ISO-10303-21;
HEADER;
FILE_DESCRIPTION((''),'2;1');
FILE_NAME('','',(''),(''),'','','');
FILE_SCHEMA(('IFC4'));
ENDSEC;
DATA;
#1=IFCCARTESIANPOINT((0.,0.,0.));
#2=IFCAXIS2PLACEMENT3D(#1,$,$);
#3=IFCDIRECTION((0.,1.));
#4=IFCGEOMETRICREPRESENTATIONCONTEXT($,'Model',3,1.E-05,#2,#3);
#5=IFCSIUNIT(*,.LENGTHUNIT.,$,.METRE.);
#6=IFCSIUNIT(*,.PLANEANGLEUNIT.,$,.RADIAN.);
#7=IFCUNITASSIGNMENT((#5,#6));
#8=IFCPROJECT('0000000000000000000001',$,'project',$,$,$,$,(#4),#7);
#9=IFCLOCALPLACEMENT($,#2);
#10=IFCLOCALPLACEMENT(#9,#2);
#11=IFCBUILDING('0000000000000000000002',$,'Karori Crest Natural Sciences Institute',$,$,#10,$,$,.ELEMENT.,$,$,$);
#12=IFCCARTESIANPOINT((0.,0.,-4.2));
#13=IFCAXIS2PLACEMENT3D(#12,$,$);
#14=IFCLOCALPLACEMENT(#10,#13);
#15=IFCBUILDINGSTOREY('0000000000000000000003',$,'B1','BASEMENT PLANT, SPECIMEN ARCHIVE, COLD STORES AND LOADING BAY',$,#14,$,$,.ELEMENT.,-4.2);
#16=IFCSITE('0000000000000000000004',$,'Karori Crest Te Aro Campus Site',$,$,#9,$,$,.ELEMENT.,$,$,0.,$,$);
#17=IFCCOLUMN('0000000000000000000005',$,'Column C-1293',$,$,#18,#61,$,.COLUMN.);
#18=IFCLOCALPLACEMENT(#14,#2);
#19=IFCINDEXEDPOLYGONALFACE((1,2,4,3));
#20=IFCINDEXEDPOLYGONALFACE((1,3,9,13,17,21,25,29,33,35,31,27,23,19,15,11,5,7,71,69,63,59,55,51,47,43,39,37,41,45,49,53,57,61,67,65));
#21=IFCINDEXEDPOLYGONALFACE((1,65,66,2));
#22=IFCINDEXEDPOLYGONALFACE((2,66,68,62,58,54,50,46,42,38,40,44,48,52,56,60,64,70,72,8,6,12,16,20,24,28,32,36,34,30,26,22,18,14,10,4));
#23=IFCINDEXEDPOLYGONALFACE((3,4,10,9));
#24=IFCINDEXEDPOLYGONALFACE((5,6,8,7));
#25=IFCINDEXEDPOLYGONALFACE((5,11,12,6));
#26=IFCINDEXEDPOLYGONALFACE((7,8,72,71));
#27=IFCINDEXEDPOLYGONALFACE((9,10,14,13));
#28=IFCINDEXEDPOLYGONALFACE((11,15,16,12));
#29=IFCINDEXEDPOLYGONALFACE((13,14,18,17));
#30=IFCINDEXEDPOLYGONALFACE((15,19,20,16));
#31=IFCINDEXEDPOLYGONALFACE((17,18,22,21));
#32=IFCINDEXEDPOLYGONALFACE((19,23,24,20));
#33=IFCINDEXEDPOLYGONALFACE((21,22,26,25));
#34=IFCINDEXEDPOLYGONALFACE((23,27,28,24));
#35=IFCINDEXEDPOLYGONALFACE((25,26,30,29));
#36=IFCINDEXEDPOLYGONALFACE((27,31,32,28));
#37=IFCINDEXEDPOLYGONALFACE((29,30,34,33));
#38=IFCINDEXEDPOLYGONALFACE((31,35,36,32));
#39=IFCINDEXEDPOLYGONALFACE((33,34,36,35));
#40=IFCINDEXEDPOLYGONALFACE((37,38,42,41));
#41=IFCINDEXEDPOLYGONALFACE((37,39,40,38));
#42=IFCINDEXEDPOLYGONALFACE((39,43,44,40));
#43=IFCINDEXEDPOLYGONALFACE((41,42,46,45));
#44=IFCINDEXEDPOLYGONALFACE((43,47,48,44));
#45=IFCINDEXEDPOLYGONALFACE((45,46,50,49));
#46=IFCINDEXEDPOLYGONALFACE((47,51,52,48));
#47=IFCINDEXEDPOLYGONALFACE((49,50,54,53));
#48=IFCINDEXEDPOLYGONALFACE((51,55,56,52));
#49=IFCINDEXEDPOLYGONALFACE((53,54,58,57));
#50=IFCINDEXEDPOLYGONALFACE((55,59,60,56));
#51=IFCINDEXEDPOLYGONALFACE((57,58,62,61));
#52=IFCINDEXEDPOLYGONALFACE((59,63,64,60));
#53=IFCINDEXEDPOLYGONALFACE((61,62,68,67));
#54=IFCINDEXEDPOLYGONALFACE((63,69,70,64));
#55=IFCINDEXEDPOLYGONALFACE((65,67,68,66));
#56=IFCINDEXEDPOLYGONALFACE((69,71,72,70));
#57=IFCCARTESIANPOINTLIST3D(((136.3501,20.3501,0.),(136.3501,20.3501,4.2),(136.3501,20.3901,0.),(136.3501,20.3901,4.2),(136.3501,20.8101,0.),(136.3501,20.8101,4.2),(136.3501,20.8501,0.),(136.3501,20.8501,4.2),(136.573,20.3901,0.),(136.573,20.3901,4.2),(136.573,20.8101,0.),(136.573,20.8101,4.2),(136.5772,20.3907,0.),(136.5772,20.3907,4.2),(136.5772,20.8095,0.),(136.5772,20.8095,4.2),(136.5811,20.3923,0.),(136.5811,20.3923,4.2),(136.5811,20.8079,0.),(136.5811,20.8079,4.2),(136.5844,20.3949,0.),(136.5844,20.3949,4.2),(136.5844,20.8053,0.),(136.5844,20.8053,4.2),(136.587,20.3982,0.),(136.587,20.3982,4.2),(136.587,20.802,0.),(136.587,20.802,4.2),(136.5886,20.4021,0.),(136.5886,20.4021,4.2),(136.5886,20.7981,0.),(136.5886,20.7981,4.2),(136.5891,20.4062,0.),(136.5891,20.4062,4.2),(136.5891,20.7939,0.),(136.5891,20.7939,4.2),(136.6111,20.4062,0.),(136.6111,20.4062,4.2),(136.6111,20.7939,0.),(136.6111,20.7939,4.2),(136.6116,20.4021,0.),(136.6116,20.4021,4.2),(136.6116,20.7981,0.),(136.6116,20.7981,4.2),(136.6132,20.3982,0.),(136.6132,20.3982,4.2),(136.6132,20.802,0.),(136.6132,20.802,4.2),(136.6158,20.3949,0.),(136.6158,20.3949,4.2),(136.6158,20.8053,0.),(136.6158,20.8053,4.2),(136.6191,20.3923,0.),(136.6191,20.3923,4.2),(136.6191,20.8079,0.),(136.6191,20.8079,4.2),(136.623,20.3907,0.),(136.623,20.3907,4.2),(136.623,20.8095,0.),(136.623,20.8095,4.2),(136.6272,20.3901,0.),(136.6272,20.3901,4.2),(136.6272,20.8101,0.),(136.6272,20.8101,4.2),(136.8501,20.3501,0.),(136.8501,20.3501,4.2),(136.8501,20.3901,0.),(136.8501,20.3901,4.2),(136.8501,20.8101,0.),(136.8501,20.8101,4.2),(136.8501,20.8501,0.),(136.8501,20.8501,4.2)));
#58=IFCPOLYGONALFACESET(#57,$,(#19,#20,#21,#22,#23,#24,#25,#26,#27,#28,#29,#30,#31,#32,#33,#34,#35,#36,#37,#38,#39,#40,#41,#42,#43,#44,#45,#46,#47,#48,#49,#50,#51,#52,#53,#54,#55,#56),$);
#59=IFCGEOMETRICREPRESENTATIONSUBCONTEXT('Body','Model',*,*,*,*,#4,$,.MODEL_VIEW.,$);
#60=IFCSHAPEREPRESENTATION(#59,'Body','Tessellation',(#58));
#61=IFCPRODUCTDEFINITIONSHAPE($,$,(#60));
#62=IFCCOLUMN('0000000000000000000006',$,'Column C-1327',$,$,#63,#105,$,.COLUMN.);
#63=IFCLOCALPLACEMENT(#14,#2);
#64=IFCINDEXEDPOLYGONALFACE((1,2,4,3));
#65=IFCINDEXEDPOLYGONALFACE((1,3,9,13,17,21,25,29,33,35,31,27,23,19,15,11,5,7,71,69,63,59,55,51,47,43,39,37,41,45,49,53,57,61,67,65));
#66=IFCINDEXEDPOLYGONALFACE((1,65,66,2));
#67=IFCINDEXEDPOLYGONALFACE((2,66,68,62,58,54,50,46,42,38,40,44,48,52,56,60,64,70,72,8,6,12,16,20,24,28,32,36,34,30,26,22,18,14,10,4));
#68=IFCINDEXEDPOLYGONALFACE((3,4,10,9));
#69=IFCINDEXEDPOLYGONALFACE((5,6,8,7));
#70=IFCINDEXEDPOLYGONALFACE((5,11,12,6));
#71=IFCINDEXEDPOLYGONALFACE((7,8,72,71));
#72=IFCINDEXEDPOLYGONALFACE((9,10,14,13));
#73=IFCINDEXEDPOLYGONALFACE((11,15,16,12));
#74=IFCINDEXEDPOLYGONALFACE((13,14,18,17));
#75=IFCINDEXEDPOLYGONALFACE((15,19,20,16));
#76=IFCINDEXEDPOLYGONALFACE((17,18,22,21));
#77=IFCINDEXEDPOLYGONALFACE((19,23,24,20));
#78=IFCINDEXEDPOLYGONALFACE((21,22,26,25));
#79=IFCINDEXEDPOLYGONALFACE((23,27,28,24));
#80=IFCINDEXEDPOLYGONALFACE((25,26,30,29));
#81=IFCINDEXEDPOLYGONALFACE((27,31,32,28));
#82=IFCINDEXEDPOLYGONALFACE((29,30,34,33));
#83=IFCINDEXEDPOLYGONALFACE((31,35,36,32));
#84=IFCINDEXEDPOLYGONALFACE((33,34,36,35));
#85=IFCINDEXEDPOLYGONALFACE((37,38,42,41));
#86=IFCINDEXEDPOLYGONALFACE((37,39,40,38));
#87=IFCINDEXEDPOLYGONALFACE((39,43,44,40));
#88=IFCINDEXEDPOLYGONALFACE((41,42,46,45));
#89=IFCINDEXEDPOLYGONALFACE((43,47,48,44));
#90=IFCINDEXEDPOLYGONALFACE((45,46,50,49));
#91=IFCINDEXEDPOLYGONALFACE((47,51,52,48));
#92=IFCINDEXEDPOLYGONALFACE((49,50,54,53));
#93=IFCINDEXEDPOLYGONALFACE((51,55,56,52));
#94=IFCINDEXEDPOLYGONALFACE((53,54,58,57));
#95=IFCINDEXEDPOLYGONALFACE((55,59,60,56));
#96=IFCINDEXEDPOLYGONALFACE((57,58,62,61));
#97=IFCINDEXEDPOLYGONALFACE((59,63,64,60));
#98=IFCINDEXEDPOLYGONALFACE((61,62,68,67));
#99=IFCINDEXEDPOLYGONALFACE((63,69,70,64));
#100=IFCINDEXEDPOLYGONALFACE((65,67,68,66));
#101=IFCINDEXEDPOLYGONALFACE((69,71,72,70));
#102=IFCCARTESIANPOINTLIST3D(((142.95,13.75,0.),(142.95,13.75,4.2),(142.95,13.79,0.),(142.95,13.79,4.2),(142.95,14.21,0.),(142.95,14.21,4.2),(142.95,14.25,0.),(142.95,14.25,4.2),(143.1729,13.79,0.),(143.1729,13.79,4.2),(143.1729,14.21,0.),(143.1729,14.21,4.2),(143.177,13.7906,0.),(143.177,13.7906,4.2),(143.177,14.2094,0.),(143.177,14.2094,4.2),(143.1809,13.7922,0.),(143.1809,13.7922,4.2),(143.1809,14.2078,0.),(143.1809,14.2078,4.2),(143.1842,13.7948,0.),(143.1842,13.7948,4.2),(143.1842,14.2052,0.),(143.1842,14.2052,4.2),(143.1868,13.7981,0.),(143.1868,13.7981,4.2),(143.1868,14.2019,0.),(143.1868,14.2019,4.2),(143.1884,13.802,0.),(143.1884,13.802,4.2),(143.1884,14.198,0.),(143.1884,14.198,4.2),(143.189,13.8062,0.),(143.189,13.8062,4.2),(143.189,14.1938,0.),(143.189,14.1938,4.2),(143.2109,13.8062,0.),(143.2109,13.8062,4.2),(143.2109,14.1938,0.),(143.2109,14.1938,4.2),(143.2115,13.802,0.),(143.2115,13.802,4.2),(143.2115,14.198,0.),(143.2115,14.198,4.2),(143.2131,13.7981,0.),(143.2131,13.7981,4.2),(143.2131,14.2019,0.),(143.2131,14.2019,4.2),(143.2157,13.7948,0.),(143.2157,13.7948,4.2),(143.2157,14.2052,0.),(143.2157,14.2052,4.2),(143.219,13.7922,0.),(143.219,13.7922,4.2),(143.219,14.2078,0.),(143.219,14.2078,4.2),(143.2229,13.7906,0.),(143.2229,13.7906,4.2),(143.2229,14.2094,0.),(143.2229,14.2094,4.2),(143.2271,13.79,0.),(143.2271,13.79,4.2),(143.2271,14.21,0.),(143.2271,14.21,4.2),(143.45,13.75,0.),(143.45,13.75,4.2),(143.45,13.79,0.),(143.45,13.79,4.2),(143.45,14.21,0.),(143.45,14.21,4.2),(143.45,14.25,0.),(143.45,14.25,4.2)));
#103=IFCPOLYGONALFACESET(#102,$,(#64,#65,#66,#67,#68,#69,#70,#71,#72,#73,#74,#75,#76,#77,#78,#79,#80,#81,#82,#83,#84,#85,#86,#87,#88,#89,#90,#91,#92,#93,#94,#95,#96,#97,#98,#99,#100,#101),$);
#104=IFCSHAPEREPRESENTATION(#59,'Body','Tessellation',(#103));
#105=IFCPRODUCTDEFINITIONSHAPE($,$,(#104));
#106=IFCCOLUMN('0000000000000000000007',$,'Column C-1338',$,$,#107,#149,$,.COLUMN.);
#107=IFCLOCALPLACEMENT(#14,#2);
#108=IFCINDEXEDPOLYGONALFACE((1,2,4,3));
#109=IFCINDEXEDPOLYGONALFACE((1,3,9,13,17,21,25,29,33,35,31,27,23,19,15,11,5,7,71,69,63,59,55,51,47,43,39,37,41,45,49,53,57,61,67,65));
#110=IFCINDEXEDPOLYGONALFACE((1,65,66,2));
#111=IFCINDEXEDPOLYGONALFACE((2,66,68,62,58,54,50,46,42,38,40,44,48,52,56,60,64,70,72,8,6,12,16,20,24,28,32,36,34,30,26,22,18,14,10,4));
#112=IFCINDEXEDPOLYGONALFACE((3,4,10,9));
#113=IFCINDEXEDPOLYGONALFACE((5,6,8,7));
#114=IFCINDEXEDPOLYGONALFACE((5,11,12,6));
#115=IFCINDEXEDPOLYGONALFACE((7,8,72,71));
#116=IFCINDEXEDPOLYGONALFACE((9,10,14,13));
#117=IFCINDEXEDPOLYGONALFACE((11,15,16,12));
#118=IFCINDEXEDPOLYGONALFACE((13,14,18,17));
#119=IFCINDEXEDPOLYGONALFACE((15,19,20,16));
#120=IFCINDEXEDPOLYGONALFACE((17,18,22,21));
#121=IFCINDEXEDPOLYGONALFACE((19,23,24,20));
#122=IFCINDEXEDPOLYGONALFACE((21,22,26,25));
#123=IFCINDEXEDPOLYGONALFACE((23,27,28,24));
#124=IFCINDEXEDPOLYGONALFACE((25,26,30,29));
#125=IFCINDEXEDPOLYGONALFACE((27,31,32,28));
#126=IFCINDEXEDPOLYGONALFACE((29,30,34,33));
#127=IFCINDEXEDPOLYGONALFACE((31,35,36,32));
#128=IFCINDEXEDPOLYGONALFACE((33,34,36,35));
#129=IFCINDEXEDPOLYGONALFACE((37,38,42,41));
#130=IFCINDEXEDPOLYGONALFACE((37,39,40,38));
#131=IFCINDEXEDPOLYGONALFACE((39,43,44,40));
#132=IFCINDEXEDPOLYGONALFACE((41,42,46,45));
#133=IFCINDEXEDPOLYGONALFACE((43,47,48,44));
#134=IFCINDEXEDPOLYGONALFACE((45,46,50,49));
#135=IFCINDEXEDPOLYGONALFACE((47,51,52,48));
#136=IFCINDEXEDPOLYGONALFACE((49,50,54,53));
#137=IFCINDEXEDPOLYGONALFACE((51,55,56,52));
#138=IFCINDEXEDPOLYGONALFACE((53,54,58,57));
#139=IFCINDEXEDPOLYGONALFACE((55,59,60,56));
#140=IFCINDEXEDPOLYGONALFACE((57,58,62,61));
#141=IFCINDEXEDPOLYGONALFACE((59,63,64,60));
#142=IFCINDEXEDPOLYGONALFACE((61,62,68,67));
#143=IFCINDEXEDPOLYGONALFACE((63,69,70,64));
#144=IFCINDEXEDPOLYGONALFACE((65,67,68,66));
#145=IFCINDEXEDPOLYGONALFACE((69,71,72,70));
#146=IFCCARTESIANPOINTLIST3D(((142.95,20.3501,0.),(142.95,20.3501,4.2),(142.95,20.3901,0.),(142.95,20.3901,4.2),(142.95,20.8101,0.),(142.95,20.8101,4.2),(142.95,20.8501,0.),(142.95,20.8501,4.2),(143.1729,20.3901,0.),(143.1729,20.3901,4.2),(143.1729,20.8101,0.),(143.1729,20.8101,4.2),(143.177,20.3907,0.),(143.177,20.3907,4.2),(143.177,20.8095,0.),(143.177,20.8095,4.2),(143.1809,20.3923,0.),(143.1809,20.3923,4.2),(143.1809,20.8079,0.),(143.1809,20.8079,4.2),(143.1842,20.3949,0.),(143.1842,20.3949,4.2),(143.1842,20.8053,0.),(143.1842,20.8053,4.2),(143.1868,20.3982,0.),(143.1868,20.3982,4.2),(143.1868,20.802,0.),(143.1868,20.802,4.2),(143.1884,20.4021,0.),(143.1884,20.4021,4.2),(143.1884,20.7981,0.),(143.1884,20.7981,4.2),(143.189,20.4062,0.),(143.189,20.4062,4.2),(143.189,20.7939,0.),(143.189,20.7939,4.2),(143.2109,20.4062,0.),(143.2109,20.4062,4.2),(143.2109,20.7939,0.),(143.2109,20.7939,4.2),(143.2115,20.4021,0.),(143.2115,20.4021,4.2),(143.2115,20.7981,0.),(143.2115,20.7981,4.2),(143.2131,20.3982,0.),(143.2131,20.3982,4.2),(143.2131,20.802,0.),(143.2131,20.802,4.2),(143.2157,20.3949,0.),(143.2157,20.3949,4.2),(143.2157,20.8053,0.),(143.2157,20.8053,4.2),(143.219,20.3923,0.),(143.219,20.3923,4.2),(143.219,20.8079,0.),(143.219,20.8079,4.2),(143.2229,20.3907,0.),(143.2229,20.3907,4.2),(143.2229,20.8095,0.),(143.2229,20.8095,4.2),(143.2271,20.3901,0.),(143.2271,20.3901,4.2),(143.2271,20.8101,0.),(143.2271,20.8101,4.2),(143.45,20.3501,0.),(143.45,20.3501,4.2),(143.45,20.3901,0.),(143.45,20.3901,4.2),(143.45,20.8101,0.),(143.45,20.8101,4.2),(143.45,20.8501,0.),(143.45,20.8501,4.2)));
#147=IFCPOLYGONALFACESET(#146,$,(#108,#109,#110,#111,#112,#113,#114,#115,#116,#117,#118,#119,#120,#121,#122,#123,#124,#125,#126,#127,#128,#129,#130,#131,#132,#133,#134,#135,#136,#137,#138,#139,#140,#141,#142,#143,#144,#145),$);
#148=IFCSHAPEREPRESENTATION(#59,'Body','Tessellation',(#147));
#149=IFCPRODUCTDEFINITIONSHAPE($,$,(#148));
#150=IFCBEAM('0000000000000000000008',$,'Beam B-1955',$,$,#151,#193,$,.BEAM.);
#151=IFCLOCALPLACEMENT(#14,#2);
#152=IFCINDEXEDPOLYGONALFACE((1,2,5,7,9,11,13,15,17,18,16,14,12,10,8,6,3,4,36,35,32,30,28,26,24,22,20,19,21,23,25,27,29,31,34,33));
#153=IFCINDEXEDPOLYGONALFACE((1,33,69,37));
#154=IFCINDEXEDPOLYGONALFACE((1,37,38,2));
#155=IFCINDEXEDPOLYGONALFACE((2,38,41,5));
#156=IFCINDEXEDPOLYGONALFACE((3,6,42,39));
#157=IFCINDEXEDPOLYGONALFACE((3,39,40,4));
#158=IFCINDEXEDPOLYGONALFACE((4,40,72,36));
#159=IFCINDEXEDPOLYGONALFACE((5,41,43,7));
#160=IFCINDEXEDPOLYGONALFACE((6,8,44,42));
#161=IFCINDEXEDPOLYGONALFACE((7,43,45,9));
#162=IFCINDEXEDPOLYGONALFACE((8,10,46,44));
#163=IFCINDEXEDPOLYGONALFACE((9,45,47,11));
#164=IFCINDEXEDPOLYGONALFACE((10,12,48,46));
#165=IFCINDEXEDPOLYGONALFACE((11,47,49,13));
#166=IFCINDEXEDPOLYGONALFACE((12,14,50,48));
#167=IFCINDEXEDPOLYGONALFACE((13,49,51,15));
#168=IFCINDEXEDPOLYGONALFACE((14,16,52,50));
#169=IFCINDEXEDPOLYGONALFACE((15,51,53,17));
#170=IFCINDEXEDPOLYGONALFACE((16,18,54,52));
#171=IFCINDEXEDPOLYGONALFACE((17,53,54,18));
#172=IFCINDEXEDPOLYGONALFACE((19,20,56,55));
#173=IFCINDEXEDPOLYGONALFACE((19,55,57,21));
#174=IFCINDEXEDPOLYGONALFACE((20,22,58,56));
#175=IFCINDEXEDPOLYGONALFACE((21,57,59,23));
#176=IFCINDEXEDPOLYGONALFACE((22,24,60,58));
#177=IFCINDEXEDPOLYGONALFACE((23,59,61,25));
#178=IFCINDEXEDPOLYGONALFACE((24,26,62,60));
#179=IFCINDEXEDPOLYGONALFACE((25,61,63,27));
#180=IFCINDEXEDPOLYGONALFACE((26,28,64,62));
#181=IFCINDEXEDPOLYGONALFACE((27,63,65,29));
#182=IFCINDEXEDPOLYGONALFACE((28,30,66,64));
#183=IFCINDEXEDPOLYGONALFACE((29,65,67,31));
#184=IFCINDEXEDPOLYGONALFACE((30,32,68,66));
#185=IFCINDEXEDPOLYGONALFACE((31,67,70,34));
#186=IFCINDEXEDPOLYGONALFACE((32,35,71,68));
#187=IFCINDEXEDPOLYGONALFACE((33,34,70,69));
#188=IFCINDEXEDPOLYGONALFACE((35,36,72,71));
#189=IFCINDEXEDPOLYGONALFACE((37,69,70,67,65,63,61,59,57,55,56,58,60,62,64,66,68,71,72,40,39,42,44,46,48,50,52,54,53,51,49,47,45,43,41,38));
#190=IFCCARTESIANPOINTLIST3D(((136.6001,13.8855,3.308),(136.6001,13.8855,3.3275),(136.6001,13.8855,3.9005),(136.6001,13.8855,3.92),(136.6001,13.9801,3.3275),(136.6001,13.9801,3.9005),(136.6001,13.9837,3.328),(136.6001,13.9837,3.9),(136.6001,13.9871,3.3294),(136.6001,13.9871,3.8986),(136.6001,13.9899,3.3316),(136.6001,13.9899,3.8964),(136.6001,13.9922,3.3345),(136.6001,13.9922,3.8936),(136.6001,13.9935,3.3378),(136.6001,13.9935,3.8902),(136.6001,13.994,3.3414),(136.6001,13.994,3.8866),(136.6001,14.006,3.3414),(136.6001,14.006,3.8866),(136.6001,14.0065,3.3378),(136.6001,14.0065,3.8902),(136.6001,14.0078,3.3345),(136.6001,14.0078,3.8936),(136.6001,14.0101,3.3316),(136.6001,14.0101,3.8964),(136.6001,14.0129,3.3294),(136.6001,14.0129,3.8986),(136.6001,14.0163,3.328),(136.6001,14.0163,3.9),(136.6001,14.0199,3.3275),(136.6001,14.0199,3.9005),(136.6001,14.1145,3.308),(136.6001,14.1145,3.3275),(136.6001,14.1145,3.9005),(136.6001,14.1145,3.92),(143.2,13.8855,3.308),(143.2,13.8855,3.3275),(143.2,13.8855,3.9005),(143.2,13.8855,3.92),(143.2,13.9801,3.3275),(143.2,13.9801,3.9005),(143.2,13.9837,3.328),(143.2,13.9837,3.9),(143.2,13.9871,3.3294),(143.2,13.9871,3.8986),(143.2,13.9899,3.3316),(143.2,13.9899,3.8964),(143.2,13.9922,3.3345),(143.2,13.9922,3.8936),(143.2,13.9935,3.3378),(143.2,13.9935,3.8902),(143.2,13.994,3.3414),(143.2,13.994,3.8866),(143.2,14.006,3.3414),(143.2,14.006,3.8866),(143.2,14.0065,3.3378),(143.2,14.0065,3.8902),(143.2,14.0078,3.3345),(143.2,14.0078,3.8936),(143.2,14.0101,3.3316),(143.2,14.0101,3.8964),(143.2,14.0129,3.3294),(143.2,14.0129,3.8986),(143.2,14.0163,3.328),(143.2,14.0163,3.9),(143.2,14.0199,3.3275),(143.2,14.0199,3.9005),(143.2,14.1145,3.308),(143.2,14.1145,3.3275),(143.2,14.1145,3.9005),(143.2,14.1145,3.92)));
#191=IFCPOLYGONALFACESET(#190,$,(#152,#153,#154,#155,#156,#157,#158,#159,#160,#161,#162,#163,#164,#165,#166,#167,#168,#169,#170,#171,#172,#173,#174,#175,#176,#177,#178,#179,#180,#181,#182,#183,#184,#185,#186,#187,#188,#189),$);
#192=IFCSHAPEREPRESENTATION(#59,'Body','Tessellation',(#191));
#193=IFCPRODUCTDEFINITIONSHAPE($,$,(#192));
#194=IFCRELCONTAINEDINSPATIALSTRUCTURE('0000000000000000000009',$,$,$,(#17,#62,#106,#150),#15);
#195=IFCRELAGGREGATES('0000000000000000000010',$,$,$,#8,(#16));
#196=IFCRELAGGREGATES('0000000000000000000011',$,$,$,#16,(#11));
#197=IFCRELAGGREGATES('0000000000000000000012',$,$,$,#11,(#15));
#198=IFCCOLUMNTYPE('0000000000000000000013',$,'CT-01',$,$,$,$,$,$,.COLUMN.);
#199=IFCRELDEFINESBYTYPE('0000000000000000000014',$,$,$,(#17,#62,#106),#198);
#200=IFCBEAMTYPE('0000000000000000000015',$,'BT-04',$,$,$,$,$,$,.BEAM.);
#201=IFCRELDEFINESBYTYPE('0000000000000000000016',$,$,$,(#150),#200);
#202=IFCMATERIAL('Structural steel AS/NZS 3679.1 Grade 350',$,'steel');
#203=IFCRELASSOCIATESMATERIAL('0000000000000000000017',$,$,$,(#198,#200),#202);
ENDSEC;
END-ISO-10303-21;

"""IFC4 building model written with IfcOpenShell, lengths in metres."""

from ifc_helpers import new_model, si_unit, direction, frame, origin, origin_2d, place, context, subcontext, project, spatial, i_section, extrude, material, material_profile, profile_set, type_object, element, save


model = new_model("IFC4")

# Units and contexts
model_context = context("Model", 3, precision=1e-05, world=origin(), true_north=direction((0.0, 1.0)))
body_context = subcontext(model_context, "Body", "Model", "MODEL_VIEW")
ifc_project = project(units=[si_unit("LENGTHUNIT", "METRE"), si_unit("PLANEANGLEUNIT", "RADIAN")], contexts=[model_context])

# Site, building, storey
site_placement = place(None, origin())
site = spatial("IfcSite", under=ifc_project, at=site_placement, Name="Karori Crest Te Aro Campus Site", CompositionType="ELEMENT", RefElevation=0.0)
building_placement = place(site_placement, origin())
building = spatial("IfcBuilding", under=site, at=building_placement, Name="Karori Crest Natural Sciences Institute", CompositionType="ELEMENT")
storey_placement = place(building_placement, frame((0.0, 0.0, -4.2)))
storey = spatial("IfcBuildingStorey", under=building, at=storey_placement, Name="B1", Description="BASEMENT PLANT, SPECIMEN ARCHIVE, COLD STORES AND LOADING BAY", CompositionType="ELEMENT", Elevation=-4.2)

# Columns
ifc_material_1 = material(Name="Structural steel AS/NZS 3679.1 Grade 350", Category="steel")
ifc_material_profile_1 = material_profile(ifc_material_1, i_section(OverallWidth=0.5, OverallDepth=0.5, WebThickness=0.022, FlangeThickness=0.04, FilletRadius=0.0161, at=origin_2d()), Name="500WC440")
ifc_profile_set_1 = profile_set([ifc_material_profile_1], Name="Structural steel AS/NZS 3679.1 Grade 350")
column_type = type_object("IfcColumnType", Name="CT-01", PredefinedType="COLUMN", material=ifc_profile_set_1)
for number, where, z_axis, x_axis, name in (
    (1, (136.6001, 20.6001, 0.0), (0.0, 0.0, 1.0), (1.0, 0.0, 0.0), "Column C-1293"),
    (2, (143.2, 14.0, 0.0), (0.0, 0.0, 1.0), (1.0, 0.0, 0.0), "Column C-1327"),
    (3, (143.2, 20.6001, 0.0), (0.0, 0.0, 1.0), (1.0, 0.0, 0.0), "Column C-1338"),
):
    element("IfcColumn", number, at=place(storey_placement, frame(where, z_axis=z_axis, x_axis=x_axis)), inside=storey, type_object=column_type, Name=name, PredefinedType="COLUMN", context=body_context, shape_type="SweptSolid", body=[
        extrude(i_section(OverallWidth=0.5, OverallDepth=0.5, WebThickness=0.022, FlangeThickness=0.04, FilletRadius=0.0161, at=origin_2d()), origin(), (0.0, 0.0, 1.0), 4.2),
    ])

# Beam
ifc_material_profile_2 = material_profile(ifc_material_1, i_section(OverallWidth=0.229, OverallDepth=0.6121, WebThickness=0.012, FlangeThickness=0.0195, FilletRadius=0.0139, at=origin_2d()), Name="610UB125")
ifc_profile_set_2 = profile_set([ifc_material_profile_2], Name="Structural steel AS/NZS 3679.1 Grade 350")
beam_type_1 = type_object("IfcBeamType", Name="BT-04", PredefinedType="BEAM", material=ifc_profile_set_2)
beam_1_placement = place(storey_placement, frame((136.6001, 14.0, 3.614), z_axis=(1.0, 0.0, 0.0), x_axis=(0.0, 1.0, 0.0)))
element("IfcBeam", 4, at=beam_1_placement, inside=storey, type_object=beam_type_1, Name="Beam B-1955", PredefinedType="BEAM", context=body_context, shape_type="SweptSolid", body=[
    extrude(i_section(OverallWidth=0.229, OverallDepth=0.6121, WebThickness=0.012, FlangeThickness=0.0195, FilletRadius=0.0139, at=origin_2d()), origin(), (0.0, 0.0, 1.0), 6.5999),
])

save(model, "model.ifc")
